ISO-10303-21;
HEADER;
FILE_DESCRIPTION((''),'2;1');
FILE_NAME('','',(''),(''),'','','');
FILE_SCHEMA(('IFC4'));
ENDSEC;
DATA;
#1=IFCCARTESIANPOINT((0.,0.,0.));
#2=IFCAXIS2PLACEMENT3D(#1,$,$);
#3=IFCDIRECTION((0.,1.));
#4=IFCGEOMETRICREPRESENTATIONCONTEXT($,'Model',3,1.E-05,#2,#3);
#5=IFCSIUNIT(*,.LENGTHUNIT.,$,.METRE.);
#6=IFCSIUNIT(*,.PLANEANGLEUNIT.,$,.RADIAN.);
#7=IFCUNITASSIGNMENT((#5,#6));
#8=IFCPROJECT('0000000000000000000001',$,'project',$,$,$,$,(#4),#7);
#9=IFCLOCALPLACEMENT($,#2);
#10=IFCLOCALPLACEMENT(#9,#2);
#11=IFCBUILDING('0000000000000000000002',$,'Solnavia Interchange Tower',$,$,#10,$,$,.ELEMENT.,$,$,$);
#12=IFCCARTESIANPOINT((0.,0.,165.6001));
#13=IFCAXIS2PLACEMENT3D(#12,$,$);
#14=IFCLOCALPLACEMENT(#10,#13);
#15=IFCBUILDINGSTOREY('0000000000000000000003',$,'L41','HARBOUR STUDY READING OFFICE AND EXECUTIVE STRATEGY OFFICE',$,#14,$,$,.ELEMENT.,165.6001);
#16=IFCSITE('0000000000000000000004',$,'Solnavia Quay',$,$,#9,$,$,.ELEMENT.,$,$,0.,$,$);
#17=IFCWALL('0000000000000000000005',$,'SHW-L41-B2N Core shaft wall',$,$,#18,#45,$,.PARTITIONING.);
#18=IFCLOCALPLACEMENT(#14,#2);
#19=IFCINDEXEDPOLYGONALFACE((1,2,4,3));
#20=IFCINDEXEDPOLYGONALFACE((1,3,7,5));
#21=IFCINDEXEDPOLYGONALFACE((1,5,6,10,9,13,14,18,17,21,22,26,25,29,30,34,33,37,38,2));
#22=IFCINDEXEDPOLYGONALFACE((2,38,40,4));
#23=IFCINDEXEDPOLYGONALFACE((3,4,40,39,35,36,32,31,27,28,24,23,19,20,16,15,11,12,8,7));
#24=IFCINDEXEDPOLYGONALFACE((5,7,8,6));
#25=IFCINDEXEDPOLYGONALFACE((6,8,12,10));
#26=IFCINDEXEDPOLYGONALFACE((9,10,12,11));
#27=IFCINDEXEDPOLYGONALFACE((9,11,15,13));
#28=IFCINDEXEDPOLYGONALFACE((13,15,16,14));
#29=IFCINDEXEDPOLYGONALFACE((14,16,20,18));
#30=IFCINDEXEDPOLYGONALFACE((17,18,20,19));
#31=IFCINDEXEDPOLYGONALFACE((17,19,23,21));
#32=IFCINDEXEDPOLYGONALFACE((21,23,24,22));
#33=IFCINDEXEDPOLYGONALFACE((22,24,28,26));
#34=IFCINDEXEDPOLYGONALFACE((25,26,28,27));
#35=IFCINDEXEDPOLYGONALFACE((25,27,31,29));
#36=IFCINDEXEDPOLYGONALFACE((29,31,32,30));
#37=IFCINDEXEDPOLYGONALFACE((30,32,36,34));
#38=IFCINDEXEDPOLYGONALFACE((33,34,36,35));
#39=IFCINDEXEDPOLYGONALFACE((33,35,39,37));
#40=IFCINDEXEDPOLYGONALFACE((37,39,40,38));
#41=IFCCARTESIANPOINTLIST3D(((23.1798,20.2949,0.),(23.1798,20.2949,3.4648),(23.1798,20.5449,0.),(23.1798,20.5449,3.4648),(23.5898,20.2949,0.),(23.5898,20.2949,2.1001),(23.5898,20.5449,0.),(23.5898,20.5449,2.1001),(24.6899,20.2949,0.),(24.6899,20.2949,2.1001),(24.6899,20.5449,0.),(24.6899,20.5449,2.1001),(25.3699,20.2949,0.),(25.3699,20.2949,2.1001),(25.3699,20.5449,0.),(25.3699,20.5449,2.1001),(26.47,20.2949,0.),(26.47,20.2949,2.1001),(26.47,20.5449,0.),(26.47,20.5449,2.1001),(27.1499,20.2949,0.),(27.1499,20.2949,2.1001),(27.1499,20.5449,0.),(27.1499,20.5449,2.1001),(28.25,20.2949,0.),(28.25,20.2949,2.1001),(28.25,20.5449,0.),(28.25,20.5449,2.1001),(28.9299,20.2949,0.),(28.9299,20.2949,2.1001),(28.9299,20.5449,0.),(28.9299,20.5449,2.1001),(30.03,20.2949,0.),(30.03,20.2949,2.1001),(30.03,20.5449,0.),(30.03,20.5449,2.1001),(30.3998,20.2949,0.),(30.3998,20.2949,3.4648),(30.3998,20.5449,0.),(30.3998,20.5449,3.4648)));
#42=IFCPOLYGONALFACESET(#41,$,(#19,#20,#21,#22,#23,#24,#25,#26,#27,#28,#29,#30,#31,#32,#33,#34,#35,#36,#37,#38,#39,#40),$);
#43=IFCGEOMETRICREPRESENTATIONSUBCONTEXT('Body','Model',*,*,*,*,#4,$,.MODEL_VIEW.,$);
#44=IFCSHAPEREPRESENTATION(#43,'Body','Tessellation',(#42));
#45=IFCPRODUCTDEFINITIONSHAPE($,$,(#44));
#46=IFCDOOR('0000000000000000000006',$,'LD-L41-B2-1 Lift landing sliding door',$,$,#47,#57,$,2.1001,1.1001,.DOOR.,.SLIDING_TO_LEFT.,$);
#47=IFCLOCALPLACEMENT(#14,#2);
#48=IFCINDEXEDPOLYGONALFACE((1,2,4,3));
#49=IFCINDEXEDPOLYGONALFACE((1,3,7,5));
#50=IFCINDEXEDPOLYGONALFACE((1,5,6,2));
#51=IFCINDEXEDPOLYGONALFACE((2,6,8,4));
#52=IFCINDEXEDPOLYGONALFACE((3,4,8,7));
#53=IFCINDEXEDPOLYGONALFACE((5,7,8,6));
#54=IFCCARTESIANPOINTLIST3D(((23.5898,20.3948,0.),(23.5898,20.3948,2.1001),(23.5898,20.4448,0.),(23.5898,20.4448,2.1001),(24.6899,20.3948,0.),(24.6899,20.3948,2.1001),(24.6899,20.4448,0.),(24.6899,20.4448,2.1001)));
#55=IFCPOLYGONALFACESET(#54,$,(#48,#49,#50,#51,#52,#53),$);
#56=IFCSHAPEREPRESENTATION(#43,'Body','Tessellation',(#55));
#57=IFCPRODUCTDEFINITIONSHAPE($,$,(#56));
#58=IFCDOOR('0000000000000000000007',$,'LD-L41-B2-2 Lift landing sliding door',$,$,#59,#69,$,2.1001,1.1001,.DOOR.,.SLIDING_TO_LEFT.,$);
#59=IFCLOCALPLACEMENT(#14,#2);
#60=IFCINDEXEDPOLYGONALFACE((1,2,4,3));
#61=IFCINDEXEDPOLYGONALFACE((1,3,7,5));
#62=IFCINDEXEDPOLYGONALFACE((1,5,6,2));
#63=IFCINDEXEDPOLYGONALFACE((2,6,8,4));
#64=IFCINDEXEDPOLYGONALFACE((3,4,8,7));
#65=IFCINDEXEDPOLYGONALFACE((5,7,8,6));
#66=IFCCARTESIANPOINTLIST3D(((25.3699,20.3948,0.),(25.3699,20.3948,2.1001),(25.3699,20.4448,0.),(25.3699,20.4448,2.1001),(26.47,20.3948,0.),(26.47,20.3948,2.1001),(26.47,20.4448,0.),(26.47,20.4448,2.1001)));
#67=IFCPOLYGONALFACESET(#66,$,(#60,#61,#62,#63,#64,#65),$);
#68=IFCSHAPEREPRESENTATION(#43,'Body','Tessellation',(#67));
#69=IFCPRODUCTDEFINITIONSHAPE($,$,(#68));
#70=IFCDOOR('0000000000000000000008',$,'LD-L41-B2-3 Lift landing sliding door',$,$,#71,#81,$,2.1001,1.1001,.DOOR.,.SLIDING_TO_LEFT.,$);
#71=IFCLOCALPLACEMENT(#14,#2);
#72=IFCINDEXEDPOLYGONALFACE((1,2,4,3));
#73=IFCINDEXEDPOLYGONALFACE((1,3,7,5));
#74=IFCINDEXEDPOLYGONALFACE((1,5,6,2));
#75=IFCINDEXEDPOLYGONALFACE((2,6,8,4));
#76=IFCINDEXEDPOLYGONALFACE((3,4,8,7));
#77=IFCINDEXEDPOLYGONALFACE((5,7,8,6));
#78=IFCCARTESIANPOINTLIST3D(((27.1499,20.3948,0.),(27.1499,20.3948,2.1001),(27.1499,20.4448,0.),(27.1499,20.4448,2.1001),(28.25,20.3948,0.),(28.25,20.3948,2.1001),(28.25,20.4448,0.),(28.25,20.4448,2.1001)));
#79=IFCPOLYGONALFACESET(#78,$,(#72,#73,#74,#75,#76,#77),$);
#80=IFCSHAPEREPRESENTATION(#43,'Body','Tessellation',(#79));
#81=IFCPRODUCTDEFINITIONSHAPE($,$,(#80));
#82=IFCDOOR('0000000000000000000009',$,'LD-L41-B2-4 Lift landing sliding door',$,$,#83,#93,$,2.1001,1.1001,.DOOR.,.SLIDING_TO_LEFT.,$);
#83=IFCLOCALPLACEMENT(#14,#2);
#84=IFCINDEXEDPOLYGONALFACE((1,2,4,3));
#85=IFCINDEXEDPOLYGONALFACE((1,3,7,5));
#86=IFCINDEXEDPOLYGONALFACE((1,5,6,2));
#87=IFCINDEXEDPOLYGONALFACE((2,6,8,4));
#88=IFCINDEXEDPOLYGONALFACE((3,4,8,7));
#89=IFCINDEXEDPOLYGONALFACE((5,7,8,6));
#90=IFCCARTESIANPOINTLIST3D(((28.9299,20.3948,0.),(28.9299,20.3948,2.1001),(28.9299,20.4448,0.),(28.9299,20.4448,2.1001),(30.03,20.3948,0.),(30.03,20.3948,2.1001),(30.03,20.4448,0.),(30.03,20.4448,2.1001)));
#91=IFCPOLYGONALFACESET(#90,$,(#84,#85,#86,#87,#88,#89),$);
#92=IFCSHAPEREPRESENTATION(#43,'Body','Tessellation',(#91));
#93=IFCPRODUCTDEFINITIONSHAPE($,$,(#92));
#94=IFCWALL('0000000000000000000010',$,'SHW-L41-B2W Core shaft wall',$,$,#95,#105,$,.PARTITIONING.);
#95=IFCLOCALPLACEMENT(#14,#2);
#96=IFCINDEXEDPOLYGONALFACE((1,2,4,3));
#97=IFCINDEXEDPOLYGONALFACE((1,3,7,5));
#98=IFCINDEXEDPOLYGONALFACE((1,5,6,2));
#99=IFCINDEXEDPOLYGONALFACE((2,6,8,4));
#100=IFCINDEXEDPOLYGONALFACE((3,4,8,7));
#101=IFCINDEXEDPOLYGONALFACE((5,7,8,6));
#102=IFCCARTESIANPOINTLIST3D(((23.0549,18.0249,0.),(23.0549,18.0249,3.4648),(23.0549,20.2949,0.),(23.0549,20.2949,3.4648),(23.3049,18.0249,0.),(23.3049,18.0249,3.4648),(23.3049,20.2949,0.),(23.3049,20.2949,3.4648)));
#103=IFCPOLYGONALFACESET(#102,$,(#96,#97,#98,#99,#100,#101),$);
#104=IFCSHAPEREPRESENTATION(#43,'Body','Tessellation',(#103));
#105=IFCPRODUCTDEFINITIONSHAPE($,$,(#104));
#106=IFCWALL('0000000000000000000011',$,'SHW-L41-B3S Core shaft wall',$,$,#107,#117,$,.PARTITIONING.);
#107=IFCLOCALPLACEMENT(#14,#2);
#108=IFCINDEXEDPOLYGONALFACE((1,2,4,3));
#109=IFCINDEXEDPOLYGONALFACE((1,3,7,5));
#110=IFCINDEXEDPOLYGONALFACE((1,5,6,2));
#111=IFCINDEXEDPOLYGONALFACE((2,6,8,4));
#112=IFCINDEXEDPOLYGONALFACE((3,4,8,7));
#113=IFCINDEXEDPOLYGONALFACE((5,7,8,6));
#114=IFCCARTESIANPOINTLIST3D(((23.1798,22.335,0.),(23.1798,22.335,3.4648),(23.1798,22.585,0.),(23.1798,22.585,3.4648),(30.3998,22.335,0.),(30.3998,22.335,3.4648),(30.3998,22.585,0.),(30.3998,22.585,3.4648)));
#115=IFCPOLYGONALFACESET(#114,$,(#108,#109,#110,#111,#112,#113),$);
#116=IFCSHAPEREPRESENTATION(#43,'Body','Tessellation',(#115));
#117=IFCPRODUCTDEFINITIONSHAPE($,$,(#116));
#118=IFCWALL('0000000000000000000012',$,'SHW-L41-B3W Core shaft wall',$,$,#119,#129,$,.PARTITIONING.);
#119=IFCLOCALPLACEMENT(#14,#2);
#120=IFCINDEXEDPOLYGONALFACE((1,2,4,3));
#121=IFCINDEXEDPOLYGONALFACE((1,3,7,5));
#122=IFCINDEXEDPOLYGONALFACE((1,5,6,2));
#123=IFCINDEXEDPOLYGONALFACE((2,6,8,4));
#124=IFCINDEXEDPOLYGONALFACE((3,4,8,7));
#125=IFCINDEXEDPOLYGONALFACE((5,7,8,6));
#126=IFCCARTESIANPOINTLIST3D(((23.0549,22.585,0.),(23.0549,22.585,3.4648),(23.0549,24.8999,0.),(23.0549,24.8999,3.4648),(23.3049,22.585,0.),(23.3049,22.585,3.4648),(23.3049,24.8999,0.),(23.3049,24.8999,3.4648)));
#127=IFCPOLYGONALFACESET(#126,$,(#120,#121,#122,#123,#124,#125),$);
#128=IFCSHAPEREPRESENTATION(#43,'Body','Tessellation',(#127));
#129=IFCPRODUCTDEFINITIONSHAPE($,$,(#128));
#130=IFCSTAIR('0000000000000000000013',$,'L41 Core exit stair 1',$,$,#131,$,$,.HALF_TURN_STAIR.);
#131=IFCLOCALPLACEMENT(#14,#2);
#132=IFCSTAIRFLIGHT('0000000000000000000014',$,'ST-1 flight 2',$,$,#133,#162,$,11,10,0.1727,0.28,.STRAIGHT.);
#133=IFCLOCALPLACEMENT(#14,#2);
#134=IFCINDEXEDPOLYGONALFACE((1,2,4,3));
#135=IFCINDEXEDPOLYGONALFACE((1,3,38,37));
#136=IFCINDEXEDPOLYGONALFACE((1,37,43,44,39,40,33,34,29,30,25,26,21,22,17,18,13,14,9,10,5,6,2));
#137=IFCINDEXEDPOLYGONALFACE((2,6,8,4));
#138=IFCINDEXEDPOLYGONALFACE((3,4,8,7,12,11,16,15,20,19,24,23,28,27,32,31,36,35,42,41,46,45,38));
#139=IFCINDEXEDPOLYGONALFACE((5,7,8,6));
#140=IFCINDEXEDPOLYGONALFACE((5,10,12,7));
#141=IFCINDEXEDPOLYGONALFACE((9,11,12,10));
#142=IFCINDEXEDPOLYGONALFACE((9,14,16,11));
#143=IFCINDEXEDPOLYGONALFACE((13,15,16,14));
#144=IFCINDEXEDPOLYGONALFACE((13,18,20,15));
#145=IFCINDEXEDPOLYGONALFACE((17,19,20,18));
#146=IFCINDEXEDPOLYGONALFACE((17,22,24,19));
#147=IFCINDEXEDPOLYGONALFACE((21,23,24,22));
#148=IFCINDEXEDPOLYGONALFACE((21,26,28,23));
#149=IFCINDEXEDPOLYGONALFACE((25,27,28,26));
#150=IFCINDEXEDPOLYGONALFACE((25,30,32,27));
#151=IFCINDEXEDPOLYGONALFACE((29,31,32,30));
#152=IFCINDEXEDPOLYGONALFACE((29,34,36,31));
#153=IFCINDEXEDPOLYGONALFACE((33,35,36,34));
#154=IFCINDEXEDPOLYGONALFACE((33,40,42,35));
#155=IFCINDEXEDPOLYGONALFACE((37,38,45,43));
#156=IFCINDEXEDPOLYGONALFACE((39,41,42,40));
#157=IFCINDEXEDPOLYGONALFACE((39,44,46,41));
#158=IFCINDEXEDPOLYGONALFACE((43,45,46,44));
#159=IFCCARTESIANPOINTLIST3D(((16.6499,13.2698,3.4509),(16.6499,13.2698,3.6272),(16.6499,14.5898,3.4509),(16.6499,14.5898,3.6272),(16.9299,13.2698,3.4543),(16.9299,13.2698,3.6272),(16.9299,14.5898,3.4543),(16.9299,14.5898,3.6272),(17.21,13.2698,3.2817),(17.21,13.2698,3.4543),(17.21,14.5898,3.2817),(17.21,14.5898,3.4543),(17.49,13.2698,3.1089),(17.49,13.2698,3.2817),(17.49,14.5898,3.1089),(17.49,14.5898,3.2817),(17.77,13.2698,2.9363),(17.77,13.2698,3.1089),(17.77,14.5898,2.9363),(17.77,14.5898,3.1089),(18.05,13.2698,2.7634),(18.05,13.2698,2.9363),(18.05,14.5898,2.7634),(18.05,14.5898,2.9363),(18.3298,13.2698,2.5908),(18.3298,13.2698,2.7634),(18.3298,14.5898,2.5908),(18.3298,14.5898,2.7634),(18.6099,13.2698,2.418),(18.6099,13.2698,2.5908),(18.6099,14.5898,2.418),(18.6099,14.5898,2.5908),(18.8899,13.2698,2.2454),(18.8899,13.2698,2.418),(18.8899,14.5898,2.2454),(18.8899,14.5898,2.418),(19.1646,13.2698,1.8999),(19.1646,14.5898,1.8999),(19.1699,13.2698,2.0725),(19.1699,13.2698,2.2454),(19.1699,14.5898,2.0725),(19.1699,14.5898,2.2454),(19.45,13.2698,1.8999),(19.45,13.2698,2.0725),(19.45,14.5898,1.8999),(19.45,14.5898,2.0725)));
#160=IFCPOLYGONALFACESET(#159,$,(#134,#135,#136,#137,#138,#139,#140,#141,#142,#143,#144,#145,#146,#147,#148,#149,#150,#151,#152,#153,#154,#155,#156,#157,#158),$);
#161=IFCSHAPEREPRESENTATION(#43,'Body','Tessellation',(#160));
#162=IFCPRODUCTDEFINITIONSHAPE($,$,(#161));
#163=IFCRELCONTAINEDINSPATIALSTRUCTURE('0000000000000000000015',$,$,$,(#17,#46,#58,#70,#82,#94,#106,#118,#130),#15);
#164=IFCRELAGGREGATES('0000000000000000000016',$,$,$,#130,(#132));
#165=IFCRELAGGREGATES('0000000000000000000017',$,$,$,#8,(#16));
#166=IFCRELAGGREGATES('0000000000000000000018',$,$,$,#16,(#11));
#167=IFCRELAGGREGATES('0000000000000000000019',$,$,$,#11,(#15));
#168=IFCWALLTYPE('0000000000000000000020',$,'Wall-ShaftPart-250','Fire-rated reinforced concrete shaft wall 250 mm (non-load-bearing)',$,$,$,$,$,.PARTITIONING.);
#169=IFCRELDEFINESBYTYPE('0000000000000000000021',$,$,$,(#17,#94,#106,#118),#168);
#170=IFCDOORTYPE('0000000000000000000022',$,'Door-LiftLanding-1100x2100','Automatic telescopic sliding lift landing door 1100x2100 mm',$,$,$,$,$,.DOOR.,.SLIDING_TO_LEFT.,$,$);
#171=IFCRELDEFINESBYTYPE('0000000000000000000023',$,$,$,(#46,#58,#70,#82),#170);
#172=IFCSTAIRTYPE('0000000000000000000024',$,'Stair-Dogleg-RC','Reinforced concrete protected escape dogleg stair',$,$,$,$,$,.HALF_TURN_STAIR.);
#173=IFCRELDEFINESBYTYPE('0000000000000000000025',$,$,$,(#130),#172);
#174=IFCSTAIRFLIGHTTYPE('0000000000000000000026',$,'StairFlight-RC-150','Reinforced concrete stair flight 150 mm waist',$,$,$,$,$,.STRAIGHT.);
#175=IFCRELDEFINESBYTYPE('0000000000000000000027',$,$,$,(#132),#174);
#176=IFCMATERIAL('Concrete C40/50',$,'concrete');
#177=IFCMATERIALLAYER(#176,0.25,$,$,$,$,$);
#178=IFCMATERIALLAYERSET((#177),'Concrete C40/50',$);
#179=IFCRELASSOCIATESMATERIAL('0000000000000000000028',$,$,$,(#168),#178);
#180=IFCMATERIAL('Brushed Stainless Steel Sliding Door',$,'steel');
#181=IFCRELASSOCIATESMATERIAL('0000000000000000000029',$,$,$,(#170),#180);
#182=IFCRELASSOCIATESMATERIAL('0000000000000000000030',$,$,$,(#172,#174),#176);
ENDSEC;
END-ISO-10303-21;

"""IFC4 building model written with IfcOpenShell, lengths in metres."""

from ifc_helpers import new_model, si_unit, direction, frame, frame_2d, origin, place, context, subcontext, project, spatial, polyline, rectangle, outline, extrude, material, layer, layer_set, type_object, element, fill, aggregate, save


model = new_model("IFC4")

# Units and contexts
model_context = context("Model", 3, precision=1e-05, world=origin(), true_north=direction((0.0, 1.0)))
body_context = subcontext(model_context, "Body", "Model", "MODEL_VIEW")
ifc_project = project(units=[si_unit("LENGTHUNIT", "METRE"), si_unit("PLANEANGLEUNIT", "RADIAN")], contexts=[model_context])

# Site, building, storey
site_placement = place(None, origin())
site = spatial("IfcSite", under=ifc_project, at=site_placement, Name="Solnavia Quay", CompositionType="ELEMENT", RefElevation=0.0)
building_placement = place(site_placement, origin())
building = spatial("IfcBuilding", under=site, at=building_placement, Name="Solnavia Interchange Tower", CompositionType="ELEMENT")
storey_placement = place(building_placement, frame((0.0, 0.0, 165.6001)))
storey = spatial("IfcBuildingStorey", under=building, at=storey_placement, Name="L41", Description="HARBOUR STUDY READING OFFICE AND EXECUTIVE STRATEGY OFFICE", CompositionType="ELEMENT", Elevation=165.6001)

# Shared definitions
ifc_material_1 = material(Name="Concrete C40/50", Category="concrete")

# Shared definitions
ifc_layer_1 = layer(ifc_material_1, 0.25)
ifc_layer_set_1 = layer_set([ifc_layer_1], Name="Concrete C40/50")
wall_type_1 = type_object("IfcWallType", Name="Wall-ShaftPart-250", Description="Fire-rated reinforced concrete shaft wall 250 mm (non-load-bearing)", PredefinedType="PARTITIONING", material=ifc_layer_set_1)
ifc_material_2 = material(Name="Brushed Stainless Steel Sliding Door", Category="steel")
door_type_1 = type_object("IfcDoorType", Name="Door-LiftLanding-1100x2100", Description="Automatic telescopic sliding lift landing door 1100x2100 mm", OperationType="SLIDING_TO_LEFT", PredefinedType="DOOR", material=ifc_material_2)

# Wall, openings, doors
wall_1_placement = place(storey_placement, frame((23.1799, 20.4199, 0.0), z_axis=(0.0, 0.0, 1.0), x_axis=(1.0, 0.0, 0.0)))
wall_1 = element("IfcWall", 1, at=wall_1_placement, inside=storey, type_object=wall_type_1, Name="SHW-L41-B2N Core shaft wall", PredefinedType="PARTITIONING", context=body_context, shape_type="SweptSolid", body=[
    extrude(rectangle(XDim=7.22, YDim=0.25, at=frame_2d((3.6099, 0.0))), origin(), (0.0, 0.0, 1.0), 3.4648),
])
opening_1_placement = place(wall_1_placement, frame((0.4099, 0.0, 0.0)))
opening_1 = element("IfcOpeningElement", 2, at=opening_1_placement, cuts=wall_1, PredefinedType="OPENING", context=body_context, shape_type="SweptSolid", body=[
    extrude(rectangle(XDim=1.1001, YDim=2.1001, at=frame_2d((0.55, 1.05))), frame((0.0, 0.135, 0.0), z_axis=(0.0, -1.0, 0.0), x_axis=(1.0, 0.0, 0.0)), (0.0, 0.0, 1.0), 0.27),
])
opening_2_placement = place(wall_1_placement, frame((2.1899, 0.0, 0.0)))
opening_2 = element("IfcOpeningElement", 3, at=opening_2_placement, cuts=wall_1, PredefinedType="OPENING", context=body_context, shape_type="SweptSolid", body=[
    extrude(rectangle(XDim=1.1001, YDim=2.1001, at=frame_2d((0.55, 1.05))), frame((0.0, 0.135, 0.0), z_axis=(0.0, -1.0, 0.0), x_axis=(1.0, 0.0, 0.0)), (0.0, 0.0, 1.0), 0.27),
])
opening_3_placement = place(wall_1_placement, frame((3.97, 0.0, 0.0)))
opening_3 = element("IfcOpeningElement", 4, at=opening_3_placement, cuts=wall_1, PredefinedType="OPENING", context=body_context, shape_type="SweptSolid", body=[
    extrude(rectangle(XDim=1.1001, YDim=2.1001, at=frame_2d((0.55, 1.05))), frame((0.0, 0.135, 0.0), z_axis=(0.0, -1.0, 0.0), x_axis=(1.0, 0.0, 0.0)), (0.0, 0.0, 1.0), 0.27),
])
opening_4_placement = place(wall_1_placement, frame((5.75, 0.0, 0.0)))
opening_4 = element("IfcOpeningElement", 5, at=opening_4_placement, cuts=wall_1, PredefinedType="OPENING", context=body_context, shape_type="SweptSolid", body=[
    extrude(rectangle(XDim=1.1001, YDim=2.1001, at=frame_2d((0.55, 1.05))), frame((0.0, 0.135, 0.0), z_axis=(0.0, -1.0, 0.0), x_axis=(1.0, 0.0, 0.0)), (0.0, 0.0, 1.0), 0.27),
])
door_1_placement = place(opening_1_placement, origin())
door_1 = element("IfcDoor", 6, at=door_1_placement, inside=storey, type_object=door_type_1, Name="LD-L41-B2-1 Lift landing sliding door", OperationType="SLIDING_TO_LEFT", OverallHeight=2.1001, OverallWidth=1.1001, PredefinedType="DOOR", context=body_context, shape_type="SweptSolid", body=[
    extrude(rectangle(XDim=1.1001, YDim=2.1001, at=frame_2d((0.55, 1.05))), frame((0.0, 0.0249, 0.0), z_axis=(0.0, -1.0, 0.0), x_axis=(1.0, 0.0, 0.0)), (0.0, 0.0, 1.0), 0.05),
])
fill(opening_1, door_1)
door_2_placement = place(opening_2_placement, origin())
door_2 = element("IfcDoor", 7, at=door_2_placement, inside=storey, type_object=door_type_1, Name="LD-L41-B2-2 Lift landing sliding door", OperationType="SLIDING_TO_LEFT", OverallHeight=2.1001, OverallWidth=1.1001, PredefinedType="DOOR", context=body_context, shape_type="SweptSolid", body=[
    extrude(rectangle(XDim=1.1001, YDim=2.1001, at=frame_2d((0.55, 1.05))), frame((0.0, 0.0249, 0.0), z_axis=(0.0, -1.0, 0.0), x_axis=(1.0, 0.0, 0.0)), (0.0, 0.0, 1.0), 0.05),
])
fill(opening_2, door_2)
door_3_placement = place(opening_3_placement, origin())
door_3 = element("IfcDoor", 8, at=door_3_placement, inside=storey, type_object=door_type_1, Name="LD-L41-B2-3 Lift landing sliding door", OperationType="SLIDING_TO_LEFT", OverallHeight=2.1001, OverallWidth=1.1001, PredefinedType="DOOR", context=body_context, shape_type="SweptSolid", body=[
    extrude(rectangle(XDim=1.1001, YDim=2.1001, at=frame_2d((0.55, 1.05))), frame((0.0, 0.0249, 0.0), z_axis=(0.0, -1.0, 0.0), x_axis=(1.0, 0.0, 0.0)), (0.0, 0.0, 1.0), 0.05),
])
fill(opening_3, door_3)
door_4_placement = place(opening_4_placement, origin())
door_4 = element("IfcDoor", 9, at=door_4_placement, inside=storey, type_object=door_type_1, Name="LD-L41-B2-4 Lift landing sliding door", OperationType="SLIDING_TO_LEFT", OverallHeight=2.1001, OverallWidth=1.1001, PredefinedType="DOOR", context=body_context, shape_type="SweptSolid", body=[
    extrude(rectangle(XDim=1.1001, YDim=2.1001, at=frame_2d((0.55, 1.05))), frame((0.0, 0.0249, 0.0), z_axis=(0.0, -1.0, 0.0), x_axis=(1.0, 0.0, 0.0)), (0.0, 0.0, 1.0), 0.05),
])
fill(opening_4, door_4)

# Walls
wall_2_placement = place(storey_placement, frame((23.1799, 18.0249, 0.0), z_axis=(0.0, 0.0, 1.0), x_axis=(0.0, 1.0, 0.0)))
element("IfcWall", 10, at=wall_2_placement, inside=storey, type_object=wall_type_1, Name="SHW-L41-B2W Core shaft wall", PredefinedType="PARTITIONING", context=body_context, shape_type="SweptSolid", body=[
    extrude(rectangle(XDim=2.27, YDim=0.25, at=frame_2d((1.135, 0.0))), origin(), (0.0, 0.0, 1.0), 3.4648),
])
wall_3_placement = place(storey_placement, frame((23.1799, 22.46, 0.0), z_axis=(0.0, 0.0, 1.0), x_axis=(1.0, 0.0, 0.0)))
element("IfcWall", 11, at=wall_3_placement, inside=storey, type_object=wall_type_1, Name="SHW-L41-B3S Core shaft wall", PredefinedType="PARTITIONING", context=body_context, shape_type="SweptSolid", body=[
    extrude(rectangle(XDim=7.22, YDim=0.25, at=frame_2d((3.6099, 0.0))), origin(), (0.0, 0.0, 1.0), 3.4648),
])
wall_4_placement = place(storey_placement, frame((23.1799, 22.585, 0.0), z_axis=(0.0, 0.0, 1.0), x_axis=(0.0, 1.0, 0.0)))
element("IfcWall", 12, at=wall_4_placement, inside=storey, type_object=wall_type_1, Name="SHW-L41-B3W Core shaft wall", PredefinedType="PARTITIONING", context=body_context, shape_type="SweptSolid", body=[
    extrude(rectangle(XDim=2.3149, YDim=0.25, at=frame_2d((1.1575, 0.0))), origin(), (0.0, 0.0, 1.0), 3.4648),
])

# Stair, stair flight
stair_type = type_object("IfcStairType", Name="Stair-Dogleg-RC", Description="Reinforced concrete protected escape dogleg stair", PredefinedType="HALF_TURN_STAIR", material=ifc_material_1)
stair_1_placement = place(storey_placement, origin())
stair_1 = element("IfcStair", 13, at=stair_1_placement, inside=storey, type_object=stair_type, Name="L41 Core exit stair 1", PredefinedType="HALF_TURN_STAIR")
stair_flight_type = type_object("IfcStairFlightType", Name="StairFlight-RC-150", Description="Reinforced concrete stair flight 150 mm waist", PredefinedType="STRAIGHT", material=ifc_material_1)
stair_flight_1_placement = place(storey_placement, frame((19.45, 13.9299, 1.8999), z_axis=(0.0, 0.0, 1.0), x_axis=(-1.0, 0.0, 0.0)))
stair_flight_1 = element("IfcStairFlight", 14, at=stair_flight_1_placement, type_object=stair_flight_type, Name="ST-1 flight 2", NumberOfRisers=11, NumberOfTreads=10, PredefinedType="STRAIGHT", RiserHeight=0.1727, TreadLength=0.28, context=body_context, shape_type="SweptSolid", body=[
    extrude(outline(polyline([(0.0, 0.0), (0.0, 0.1726), (0.28, 0.1726), (0.28, 0.3455), (0.5601, 0.3455), (0.5601, 0.5181), (0.8401, 0.5181), (0.8401, 0.6909), (1.1201, 0.6909), (1.1201, 0.8635), (1.3999, 0.8635), (1.3999, 1.0364), (1.6799, 1.0364), (1.6799, 1.209), (1.96, 1.209), (1.96, 1.3818), (2.24, 1.3818), (2.24, 1.5544), (2.52, 1.5544), (2.52, 1.7273), (2.8, 1.7273), (2.8, 1.8999), (2.8, 1.551), (0.2854, 0.0), (0.0, 0.0)])), frame((0.0, 0.6602, 0.0), z_axis=(0.0, -1.0, 0.0), x_axis=(1.0, 0.0, 0.0)), (0.0, 0.0, 1.0), 1.3201),
])
aggregate(stair_1, [stair_flight_1])

save(model, "model.ifc")
